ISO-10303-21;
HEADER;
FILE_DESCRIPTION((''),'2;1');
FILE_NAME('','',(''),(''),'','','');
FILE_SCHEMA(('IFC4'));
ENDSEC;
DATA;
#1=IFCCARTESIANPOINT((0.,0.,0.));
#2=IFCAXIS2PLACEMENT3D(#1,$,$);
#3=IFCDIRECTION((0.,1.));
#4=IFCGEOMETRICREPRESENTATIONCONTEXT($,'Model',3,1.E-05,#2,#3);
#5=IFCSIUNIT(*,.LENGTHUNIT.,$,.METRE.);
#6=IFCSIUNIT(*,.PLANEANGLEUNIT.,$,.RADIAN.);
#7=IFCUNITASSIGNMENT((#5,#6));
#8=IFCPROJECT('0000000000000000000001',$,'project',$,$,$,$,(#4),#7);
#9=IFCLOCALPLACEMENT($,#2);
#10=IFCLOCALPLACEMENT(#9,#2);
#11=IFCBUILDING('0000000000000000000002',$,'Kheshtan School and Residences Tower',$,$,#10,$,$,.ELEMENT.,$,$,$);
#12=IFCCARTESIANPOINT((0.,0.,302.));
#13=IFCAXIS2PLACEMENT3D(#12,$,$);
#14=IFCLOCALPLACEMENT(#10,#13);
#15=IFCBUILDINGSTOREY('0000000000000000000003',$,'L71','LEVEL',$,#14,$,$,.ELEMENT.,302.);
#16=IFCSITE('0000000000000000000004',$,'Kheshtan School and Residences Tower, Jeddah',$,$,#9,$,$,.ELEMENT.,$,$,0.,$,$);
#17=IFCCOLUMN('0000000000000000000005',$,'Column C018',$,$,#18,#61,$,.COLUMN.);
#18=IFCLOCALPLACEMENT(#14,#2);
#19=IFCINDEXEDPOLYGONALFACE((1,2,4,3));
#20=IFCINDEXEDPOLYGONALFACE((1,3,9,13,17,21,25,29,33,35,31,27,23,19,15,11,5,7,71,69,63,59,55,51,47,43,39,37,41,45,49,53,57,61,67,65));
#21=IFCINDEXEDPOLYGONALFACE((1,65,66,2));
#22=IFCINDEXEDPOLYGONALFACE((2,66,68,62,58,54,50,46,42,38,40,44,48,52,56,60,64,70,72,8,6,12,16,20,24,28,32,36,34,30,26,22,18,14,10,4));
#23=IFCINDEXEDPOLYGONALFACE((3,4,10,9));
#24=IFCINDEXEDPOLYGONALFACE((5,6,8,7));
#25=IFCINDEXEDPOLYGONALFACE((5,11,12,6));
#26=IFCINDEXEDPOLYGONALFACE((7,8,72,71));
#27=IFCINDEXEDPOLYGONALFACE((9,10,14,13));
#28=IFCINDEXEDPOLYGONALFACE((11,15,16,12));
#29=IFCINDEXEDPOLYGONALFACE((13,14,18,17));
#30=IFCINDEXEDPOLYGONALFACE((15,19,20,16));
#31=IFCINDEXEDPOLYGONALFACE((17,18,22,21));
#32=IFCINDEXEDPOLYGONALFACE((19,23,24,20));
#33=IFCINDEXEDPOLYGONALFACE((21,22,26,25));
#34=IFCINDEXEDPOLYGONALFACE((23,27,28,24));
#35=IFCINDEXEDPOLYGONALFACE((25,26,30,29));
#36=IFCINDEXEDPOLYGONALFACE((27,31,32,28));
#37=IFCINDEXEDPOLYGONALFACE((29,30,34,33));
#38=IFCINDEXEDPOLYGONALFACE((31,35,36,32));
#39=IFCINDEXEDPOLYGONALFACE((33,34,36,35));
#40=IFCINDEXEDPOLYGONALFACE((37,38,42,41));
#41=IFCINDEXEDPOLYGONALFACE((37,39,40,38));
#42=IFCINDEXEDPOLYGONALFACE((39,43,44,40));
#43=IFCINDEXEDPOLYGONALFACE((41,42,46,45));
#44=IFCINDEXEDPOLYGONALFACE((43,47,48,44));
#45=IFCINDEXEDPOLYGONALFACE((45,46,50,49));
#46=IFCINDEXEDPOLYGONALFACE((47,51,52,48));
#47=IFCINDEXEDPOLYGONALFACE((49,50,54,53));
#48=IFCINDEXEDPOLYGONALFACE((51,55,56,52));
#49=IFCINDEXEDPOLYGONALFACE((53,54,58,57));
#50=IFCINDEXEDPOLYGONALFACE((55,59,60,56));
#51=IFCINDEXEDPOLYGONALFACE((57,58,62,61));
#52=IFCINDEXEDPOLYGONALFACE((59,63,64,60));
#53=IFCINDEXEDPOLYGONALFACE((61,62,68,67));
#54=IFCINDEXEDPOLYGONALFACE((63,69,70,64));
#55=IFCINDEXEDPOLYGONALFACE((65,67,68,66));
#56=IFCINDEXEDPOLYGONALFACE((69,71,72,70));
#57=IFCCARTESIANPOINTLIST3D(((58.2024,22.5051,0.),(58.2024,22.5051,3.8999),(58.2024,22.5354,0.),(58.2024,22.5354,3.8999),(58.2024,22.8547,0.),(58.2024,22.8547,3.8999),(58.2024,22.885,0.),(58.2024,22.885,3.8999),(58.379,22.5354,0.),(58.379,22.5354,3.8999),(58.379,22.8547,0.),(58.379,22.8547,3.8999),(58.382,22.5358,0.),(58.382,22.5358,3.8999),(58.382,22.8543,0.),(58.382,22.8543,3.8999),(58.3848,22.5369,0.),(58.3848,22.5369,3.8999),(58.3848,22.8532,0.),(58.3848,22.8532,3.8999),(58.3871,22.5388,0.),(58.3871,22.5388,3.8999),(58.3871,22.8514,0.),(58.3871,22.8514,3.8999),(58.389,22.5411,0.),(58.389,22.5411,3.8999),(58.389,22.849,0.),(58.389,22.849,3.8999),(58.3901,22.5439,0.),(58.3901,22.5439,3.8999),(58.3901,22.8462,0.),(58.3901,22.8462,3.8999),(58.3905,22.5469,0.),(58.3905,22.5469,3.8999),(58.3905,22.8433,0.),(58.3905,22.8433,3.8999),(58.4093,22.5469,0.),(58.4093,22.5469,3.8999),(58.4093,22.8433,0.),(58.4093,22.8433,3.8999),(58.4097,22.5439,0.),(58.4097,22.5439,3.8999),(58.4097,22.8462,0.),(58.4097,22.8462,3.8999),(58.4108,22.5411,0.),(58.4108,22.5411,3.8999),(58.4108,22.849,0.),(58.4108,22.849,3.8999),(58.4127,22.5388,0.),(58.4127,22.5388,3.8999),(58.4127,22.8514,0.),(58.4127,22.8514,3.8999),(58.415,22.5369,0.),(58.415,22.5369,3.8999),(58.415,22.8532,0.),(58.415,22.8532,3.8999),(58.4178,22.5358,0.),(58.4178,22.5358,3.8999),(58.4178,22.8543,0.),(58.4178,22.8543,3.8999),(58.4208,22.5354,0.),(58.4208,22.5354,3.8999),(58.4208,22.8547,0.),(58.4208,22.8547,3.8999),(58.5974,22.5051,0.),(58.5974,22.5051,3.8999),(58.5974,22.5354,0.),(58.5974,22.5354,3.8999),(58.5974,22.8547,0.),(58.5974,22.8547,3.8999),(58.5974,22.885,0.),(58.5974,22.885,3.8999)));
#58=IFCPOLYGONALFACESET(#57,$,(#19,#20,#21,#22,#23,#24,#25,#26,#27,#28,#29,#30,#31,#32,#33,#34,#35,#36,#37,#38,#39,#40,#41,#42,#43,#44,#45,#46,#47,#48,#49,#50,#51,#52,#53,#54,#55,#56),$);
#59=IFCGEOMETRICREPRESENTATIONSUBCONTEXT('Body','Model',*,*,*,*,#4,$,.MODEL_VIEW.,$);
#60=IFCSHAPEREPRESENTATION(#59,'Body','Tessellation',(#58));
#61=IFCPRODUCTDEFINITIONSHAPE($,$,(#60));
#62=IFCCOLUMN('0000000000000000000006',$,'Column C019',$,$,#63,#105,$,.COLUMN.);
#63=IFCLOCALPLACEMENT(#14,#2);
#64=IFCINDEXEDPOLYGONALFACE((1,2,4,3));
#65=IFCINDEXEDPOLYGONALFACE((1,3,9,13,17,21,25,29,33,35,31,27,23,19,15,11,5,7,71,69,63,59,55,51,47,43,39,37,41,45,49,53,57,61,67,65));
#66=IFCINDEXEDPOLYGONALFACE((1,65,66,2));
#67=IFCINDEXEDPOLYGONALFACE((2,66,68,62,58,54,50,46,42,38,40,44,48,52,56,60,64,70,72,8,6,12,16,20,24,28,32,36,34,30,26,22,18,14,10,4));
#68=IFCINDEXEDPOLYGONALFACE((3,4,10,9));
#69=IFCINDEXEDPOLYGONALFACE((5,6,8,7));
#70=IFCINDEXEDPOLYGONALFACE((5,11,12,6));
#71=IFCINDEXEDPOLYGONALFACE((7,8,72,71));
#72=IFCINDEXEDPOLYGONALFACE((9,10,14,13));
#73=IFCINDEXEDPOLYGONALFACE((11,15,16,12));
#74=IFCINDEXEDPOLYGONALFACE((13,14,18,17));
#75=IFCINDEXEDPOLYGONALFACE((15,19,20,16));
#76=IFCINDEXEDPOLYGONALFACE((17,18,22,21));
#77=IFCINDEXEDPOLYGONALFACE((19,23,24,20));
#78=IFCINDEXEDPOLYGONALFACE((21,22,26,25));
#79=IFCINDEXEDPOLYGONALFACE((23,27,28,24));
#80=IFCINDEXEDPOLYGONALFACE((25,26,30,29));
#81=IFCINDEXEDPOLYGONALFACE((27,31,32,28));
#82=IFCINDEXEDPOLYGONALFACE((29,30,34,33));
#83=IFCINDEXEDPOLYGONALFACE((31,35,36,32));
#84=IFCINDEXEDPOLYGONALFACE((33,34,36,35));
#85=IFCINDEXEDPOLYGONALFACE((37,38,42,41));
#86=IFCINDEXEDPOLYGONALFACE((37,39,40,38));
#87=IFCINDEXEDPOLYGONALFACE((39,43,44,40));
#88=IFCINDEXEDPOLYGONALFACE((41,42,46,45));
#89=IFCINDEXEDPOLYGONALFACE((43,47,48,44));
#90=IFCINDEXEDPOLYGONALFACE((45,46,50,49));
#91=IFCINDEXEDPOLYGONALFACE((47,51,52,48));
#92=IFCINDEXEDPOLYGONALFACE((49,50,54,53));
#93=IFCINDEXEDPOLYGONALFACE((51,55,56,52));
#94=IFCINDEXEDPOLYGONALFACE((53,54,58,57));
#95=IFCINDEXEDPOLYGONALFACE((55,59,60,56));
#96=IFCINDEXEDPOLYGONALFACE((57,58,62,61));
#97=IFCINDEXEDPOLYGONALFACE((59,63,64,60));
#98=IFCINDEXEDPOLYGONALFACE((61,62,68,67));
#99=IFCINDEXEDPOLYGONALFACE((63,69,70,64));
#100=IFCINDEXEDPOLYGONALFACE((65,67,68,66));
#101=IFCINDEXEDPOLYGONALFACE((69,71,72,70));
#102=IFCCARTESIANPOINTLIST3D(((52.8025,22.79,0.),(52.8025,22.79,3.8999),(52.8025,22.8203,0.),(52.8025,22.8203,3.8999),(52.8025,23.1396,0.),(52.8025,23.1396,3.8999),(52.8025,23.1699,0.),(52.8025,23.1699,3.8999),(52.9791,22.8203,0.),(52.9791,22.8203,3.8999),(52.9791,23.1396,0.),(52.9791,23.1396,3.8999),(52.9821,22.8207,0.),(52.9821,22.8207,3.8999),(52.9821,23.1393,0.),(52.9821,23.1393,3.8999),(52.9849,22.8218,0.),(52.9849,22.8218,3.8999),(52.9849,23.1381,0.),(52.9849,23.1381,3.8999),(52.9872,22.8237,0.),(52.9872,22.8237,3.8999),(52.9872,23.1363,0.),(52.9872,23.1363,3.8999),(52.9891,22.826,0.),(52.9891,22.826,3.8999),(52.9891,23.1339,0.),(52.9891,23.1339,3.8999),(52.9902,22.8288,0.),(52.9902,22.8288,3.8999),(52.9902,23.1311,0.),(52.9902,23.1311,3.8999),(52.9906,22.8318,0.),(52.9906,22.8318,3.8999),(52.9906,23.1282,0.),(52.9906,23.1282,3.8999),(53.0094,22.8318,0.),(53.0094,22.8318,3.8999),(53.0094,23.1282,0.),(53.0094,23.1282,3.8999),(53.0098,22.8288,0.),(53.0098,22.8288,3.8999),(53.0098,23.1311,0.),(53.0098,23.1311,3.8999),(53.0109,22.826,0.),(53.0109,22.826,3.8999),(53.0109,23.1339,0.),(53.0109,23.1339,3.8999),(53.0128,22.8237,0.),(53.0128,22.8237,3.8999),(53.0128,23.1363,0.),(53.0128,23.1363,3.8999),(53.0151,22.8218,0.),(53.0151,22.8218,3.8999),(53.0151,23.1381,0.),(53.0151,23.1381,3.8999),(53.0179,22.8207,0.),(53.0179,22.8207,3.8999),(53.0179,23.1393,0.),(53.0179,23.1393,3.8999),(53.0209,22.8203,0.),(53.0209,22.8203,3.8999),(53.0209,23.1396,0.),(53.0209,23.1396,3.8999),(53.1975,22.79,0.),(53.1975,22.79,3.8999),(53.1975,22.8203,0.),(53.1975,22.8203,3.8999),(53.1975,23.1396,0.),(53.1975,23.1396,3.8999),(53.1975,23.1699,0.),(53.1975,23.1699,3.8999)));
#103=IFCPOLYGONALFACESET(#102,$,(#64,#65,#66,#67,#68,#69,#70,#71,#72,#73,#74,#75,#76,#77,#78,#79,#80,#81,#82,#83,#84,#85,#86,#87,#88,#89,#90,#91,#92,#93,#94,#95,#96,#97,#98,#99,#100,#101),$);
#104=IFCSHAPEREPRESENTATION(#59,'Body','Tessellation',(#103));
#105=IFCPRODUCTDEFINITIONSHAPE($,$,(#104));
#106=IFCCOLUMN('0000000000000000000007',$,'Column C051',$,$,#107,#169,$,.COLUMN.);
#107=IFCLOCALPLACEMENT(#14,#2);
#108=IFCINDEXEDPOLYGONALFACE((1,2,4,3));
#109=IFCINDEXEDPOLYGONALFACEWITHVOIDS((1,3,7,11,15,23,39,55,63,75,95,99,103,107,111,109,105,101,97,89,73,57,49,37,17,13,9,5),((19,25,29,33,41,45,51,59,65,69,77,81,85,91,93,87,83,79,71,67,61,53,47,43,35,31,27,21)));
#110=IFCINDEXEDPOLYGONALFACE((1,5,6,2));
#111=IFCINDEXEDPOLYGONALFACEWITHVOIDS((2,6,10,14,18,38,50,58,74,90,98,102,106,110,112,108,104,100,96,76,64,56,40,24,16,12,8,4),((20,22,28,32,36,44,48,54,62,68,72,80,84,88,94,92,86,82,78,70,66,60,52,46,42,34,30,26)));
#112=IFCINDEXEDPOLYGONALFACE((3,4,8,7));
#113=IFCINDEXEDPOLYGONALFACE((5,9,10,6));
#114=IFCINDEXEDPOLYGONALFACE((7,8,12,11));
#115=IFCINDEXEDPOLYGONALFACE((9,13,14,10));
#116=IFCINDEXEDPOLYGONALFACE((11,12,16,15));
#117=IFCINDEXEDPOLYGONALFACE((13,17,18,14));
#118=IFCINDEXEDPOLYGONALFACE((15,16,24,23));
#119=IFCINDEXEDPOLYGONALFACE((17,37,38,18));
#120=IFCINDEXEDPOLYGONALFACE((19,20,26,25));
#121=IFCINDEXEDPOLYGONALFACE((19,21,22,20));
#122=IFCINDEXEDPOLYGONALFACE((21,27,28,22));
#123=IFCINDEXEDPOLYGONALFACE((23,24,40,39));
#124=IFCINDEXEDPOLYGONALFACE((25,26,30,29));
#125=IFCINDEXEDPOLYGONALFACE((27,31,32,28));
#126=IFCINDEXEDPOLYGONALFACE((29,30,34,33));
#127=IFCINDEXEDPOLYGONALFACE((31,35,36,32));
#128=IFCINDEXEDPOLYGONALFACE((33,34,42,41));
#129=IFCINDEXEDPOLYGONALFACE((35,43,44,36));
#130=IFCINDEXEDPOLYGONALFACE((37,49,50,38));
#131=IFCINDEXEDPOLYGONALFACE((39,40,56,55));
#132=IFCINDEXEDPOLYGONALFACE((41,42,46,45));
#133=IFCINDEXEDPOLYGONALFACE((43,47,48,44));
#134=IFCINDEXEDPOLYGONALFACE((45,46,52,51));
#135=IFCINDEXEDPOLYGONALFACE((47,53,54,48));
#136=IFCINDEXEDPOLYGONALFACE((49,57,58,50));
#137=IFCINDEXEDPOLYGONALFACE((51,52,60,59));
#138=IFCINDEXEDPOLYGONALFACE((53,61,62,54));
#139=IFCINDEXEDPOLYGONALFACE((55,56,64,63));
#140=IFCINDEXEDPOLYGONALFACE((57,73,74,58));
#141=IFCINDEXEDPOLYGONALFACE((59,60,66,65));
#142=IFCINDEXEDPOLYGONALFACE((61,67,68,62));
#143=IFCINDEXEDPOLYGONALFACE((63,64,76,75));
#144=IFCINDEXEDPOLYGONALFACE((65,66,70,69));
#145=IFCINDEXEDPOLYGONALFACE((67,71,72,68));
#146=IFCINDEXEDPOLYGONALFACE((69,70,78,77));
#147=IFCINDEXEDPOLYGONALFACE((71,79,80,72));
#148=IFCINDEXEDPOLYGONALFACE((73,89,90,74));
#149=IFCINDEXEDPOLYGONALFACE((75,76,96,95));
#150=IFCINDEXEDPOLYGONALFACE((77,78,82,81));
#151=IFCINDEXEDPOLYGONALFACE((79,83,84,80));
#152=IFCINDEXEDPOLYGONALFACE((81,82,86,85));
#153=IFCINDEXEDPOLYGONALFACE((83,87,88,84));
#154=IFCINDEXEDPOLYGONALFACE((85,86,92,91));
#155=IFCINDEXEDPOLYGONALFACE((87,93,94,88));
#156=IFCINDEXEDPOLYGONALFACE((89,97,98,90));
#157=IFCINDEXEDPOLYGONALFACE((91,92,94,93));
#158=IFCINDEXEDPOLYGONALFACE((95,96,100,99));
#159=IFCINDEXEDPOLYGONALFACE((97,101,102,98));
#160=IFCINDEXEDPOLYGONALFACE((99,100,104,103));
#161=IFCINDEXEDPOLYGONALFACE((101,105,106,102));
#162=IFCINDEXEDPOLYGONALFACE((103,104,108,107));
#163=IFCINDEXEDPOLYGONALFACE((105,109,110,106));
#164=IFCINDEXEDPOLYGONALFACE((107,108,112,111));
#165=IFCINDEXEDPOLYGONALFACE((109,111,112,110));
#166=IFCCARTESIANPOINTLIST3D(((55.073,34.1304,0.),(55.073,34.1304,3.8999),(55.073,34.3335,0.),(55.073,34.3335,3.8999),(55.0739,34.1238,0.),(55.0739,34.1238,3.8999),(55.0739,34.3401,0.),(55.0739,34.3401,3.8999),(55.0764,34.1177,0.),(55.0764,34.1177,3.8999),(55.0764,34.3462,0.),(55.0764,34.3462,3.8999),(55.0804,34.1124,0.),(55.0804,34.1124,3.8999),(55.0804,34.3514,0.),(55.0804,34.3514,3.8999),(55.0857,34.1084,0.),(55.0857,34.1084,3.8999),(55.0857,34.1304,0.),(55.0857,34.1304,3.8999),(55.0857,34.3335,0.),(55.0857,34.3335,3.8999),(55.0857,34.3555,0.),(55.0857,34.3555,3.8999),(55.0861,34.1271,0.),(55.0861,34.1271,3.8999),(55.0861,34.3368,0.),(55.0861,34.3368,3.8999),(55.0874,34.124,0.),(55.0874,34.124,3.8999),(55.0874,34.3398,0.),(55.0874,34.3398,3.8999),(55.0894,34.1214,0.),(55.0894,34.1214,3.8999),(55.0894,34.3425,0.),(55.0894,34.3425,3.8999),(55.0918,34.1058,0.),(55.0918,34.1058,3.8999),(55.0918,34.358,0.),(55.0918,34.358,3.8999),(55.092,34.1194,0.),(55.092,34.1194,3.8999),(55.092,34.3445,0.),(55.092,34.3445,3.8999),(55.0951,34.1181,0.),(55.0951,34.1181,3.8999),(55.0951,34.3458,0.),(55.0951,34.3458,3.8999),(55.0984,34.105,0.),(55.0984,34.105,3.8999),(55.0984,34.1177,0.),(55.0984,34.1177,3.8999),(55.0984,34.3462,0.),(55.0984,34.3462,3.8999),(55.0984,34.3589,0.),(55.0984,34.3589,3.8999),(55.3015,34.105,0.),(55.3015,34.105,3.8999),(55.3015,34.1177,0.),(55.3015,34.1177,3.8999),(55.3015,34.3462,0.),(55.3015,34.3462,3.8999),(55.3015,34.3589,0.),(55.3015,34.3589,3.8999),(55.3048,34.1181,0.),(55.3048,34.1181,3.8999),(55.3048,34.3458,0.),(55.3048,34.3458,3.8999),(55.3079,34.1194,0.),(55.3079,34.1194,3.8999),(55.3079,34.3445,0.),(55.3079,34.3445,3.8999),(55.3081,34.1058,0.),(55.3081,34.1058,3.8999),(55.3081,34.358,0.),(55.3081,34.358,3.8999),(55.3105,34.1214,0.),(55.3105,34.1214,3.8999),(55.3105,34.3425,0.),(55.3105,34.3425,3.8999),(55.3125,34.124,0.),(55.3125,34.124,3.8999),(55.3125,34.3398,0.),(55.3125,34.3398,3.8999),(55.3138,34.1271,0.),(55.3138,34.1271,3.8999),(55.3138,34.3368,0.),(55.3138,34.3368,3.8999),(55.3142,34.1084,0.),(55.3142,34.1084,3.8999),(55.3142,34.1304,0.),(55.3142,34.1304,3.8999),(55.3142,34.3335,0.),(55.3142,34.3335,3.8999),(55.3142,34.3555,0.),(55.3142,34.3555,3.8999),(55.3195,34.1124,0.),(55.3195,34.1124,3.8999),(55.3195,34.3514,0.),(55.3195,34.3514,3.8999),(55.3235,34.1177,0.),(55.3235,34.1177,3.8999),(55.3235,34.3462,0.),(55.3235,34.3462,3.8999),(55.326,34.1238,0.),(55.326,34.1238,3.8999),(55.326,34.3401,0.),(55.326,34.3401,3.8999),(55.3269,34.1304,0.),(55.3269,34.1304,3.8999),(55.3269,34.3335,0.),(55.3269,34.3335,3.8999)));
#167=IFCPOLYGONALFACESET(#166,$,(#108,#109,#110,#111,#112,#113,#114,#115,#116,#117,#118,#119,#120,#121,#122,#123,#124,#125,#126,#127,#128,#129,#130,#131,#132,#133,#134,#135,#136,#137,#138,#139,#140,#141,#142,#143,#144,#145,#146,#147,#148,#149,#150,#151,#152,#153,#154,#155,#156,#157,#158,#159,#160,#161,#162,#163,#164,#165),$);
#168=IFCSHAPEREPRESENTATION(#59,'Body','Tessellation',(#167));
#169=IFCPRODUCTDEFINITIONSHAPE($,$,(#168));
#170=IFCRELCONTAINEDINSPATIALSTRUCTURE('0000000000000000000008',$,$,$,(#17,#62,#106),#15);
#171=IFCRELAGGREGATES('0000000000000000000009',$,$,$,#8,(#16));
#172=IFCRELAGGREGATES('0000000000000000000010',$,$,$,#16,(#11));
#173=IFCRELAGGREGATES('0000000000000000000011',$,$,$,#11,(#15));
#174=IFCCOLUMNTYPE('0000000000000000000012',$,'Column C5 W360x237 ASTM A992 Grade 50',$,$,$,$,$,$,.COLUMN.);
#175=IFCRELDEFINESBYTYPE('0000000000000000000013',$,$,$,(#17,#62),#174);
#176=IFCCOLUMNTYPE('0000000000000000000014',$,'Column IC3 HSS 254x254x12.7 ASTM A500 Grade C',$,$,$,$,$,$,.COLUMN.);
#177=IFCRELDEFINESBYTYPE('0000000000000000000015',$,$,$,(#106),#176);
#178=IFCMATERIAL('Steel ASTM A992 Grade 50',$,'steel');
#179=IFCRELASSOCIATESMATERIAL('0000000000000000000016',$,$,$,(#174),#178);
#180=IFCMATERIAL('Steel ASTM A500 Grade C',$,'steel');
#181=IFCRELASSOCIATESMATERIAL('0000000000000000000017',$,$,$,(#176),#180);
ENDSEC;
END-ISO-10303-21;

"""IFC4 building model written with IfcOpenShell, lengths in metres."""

from ifc_helpers import new_model, si_unit, direction, frame, origin, origin_2d, place, context, subcontext, project, spatial, hollow_rectangle, i_section, extrude, material, material_profile, profile_set, type_object, element, save


model = new_model("IFC4")

# Units and contexts
model_context = context("Model", 3, precision=1e-05, world=origin(), true_north=direction((0.0, 1.0)))
body_context = subcontext(model_context, "Body", "Model", "MODEL_VIEW")
ifc_project = project(units=[si_unit("LENGTHUNIT", "METRE"), si_unit("PLANEANGLEUNIT", "RADIAN")], contexts=[model_context])

# Site, building, storey
site_placement = place(None, origin())
site = spatial("IfcSite", under=ifc_project, at=site_placement, Name="Kheshtan School and Residences Tower, Jeddah", CompositionType="ELEMENT", RefElevation=0.0)
building_placement = place(site_placement, origin())
building = spatial("IfcBuilding", under=site, at=building_placement, Name="Kheshtan School and Residences Tower", CompositionType="ELEMENT")
storey_placement = place(building_placement, frame((0.0, 0.0, 302.0)))
storey = spatial("IfcBuildingStorey", under=building, at=storey_placement, Name="L71", Description="LEVEL", CompositionType="ELEMENT", Elevation=302.0)

# Columns
ifc_material_1 = material(Name="Steel ASTM A992 Grade 50", Category="steel")
ifc_material_profile_1 = material_profile(ifc_material_1, i_section(OverallWidth=0.395, OverallDepth=0.3799, WebThickness=0.0188, FlangeThickness=0.0303, FilletRadius=0.0115, at=origin_2d()), Name="W360x237")
ifc_profile_set_1 = profile_set([ifc_material_profile_1], Name="Steel ASTM A992 Grade 50")
column_type_1 = type_object("IfcColumnType", Name="Column C5 W360x237 ASTM A992 Grade 50", PredefinedType="COLUMN", material=ifc_profile_set_1)
for number, where, z_axis, x_axis, name in (
    (1, (58.3999, 22.6951, 0.0), (0.0, 0.0, 1.0), (1.0, 0.0, 0.0), "Column C018"),
    (2, (53.0, 22.98, 0.0), (0.0, 0.0, 1.0), (1.0, 0.0, 0.0), "Column C019"),
):
    element("IfcColumn", number, at=place(storey_placement, frame(where, z_axis=z_axis, x_axis=x_axis)), inside=storey, type_object=column_type_1, Name=name, PredefinedType="COLUMN", context=body_context, shape_type="SweptSolid", body=[
        extrude(i_section(OverallWidth=0.395, OverallDepth=0.3799, WebThickness=0.0188, FlangeThickness=0.0303, FilletRadius=0.0115, at=origin_2d()), origin(), (0.0, 0.0, 1.0), 3.8999),
    ])
ifc_material_2 = material(Name="Steel ASTM A500 Grade C", Category="steel")
ifc_material_profile_2 = material_profile(ifc_material_2, hollow_rectangle(XDim=0.2539, YDim=0.2539, WallThickness=0.0127, InnerFilletRadius=0.0127, OuterFilletRadius=0.0254, at=origin_2d()), Name="HSS 254x254x12.7")
ifc_profile_set_2 = profile_set([ifc_material_profile_2], Name="Steel ASTM A500 Grade C")
column_type_2 = type_object("IfcColumnType", Name="Column IC3 HSS 254x254x12.7 ASTM A500 Grade C", PredefinedType="COLUMN", material=ifc_profile_set_2)
column_placement = place(storey_placement, frame((55.2, 34.2319, 0.0), z_axis=(0.0, 0.0, 1.0), x_axis=(1.0, 0.0, 0.0)))
element("IfcColumn", 3, at=column_placement, inside=storey, type_object=column_type_2, Name="Column C051", PredefinedType="COLUMN", context=body_context, shape_type="SweptSolid", body=[
    extrude(hollow_rectangle(XDim=0.2539, YDim=0.2539, WallThickness=0.0127, InnerFilletRadius=0.0127, OuterFilletRadius=0.0254, at=origin_2d()), origin(), (0.0, 0.0, 1.0), 3.8999),
])

save(model, "model.ifc")
